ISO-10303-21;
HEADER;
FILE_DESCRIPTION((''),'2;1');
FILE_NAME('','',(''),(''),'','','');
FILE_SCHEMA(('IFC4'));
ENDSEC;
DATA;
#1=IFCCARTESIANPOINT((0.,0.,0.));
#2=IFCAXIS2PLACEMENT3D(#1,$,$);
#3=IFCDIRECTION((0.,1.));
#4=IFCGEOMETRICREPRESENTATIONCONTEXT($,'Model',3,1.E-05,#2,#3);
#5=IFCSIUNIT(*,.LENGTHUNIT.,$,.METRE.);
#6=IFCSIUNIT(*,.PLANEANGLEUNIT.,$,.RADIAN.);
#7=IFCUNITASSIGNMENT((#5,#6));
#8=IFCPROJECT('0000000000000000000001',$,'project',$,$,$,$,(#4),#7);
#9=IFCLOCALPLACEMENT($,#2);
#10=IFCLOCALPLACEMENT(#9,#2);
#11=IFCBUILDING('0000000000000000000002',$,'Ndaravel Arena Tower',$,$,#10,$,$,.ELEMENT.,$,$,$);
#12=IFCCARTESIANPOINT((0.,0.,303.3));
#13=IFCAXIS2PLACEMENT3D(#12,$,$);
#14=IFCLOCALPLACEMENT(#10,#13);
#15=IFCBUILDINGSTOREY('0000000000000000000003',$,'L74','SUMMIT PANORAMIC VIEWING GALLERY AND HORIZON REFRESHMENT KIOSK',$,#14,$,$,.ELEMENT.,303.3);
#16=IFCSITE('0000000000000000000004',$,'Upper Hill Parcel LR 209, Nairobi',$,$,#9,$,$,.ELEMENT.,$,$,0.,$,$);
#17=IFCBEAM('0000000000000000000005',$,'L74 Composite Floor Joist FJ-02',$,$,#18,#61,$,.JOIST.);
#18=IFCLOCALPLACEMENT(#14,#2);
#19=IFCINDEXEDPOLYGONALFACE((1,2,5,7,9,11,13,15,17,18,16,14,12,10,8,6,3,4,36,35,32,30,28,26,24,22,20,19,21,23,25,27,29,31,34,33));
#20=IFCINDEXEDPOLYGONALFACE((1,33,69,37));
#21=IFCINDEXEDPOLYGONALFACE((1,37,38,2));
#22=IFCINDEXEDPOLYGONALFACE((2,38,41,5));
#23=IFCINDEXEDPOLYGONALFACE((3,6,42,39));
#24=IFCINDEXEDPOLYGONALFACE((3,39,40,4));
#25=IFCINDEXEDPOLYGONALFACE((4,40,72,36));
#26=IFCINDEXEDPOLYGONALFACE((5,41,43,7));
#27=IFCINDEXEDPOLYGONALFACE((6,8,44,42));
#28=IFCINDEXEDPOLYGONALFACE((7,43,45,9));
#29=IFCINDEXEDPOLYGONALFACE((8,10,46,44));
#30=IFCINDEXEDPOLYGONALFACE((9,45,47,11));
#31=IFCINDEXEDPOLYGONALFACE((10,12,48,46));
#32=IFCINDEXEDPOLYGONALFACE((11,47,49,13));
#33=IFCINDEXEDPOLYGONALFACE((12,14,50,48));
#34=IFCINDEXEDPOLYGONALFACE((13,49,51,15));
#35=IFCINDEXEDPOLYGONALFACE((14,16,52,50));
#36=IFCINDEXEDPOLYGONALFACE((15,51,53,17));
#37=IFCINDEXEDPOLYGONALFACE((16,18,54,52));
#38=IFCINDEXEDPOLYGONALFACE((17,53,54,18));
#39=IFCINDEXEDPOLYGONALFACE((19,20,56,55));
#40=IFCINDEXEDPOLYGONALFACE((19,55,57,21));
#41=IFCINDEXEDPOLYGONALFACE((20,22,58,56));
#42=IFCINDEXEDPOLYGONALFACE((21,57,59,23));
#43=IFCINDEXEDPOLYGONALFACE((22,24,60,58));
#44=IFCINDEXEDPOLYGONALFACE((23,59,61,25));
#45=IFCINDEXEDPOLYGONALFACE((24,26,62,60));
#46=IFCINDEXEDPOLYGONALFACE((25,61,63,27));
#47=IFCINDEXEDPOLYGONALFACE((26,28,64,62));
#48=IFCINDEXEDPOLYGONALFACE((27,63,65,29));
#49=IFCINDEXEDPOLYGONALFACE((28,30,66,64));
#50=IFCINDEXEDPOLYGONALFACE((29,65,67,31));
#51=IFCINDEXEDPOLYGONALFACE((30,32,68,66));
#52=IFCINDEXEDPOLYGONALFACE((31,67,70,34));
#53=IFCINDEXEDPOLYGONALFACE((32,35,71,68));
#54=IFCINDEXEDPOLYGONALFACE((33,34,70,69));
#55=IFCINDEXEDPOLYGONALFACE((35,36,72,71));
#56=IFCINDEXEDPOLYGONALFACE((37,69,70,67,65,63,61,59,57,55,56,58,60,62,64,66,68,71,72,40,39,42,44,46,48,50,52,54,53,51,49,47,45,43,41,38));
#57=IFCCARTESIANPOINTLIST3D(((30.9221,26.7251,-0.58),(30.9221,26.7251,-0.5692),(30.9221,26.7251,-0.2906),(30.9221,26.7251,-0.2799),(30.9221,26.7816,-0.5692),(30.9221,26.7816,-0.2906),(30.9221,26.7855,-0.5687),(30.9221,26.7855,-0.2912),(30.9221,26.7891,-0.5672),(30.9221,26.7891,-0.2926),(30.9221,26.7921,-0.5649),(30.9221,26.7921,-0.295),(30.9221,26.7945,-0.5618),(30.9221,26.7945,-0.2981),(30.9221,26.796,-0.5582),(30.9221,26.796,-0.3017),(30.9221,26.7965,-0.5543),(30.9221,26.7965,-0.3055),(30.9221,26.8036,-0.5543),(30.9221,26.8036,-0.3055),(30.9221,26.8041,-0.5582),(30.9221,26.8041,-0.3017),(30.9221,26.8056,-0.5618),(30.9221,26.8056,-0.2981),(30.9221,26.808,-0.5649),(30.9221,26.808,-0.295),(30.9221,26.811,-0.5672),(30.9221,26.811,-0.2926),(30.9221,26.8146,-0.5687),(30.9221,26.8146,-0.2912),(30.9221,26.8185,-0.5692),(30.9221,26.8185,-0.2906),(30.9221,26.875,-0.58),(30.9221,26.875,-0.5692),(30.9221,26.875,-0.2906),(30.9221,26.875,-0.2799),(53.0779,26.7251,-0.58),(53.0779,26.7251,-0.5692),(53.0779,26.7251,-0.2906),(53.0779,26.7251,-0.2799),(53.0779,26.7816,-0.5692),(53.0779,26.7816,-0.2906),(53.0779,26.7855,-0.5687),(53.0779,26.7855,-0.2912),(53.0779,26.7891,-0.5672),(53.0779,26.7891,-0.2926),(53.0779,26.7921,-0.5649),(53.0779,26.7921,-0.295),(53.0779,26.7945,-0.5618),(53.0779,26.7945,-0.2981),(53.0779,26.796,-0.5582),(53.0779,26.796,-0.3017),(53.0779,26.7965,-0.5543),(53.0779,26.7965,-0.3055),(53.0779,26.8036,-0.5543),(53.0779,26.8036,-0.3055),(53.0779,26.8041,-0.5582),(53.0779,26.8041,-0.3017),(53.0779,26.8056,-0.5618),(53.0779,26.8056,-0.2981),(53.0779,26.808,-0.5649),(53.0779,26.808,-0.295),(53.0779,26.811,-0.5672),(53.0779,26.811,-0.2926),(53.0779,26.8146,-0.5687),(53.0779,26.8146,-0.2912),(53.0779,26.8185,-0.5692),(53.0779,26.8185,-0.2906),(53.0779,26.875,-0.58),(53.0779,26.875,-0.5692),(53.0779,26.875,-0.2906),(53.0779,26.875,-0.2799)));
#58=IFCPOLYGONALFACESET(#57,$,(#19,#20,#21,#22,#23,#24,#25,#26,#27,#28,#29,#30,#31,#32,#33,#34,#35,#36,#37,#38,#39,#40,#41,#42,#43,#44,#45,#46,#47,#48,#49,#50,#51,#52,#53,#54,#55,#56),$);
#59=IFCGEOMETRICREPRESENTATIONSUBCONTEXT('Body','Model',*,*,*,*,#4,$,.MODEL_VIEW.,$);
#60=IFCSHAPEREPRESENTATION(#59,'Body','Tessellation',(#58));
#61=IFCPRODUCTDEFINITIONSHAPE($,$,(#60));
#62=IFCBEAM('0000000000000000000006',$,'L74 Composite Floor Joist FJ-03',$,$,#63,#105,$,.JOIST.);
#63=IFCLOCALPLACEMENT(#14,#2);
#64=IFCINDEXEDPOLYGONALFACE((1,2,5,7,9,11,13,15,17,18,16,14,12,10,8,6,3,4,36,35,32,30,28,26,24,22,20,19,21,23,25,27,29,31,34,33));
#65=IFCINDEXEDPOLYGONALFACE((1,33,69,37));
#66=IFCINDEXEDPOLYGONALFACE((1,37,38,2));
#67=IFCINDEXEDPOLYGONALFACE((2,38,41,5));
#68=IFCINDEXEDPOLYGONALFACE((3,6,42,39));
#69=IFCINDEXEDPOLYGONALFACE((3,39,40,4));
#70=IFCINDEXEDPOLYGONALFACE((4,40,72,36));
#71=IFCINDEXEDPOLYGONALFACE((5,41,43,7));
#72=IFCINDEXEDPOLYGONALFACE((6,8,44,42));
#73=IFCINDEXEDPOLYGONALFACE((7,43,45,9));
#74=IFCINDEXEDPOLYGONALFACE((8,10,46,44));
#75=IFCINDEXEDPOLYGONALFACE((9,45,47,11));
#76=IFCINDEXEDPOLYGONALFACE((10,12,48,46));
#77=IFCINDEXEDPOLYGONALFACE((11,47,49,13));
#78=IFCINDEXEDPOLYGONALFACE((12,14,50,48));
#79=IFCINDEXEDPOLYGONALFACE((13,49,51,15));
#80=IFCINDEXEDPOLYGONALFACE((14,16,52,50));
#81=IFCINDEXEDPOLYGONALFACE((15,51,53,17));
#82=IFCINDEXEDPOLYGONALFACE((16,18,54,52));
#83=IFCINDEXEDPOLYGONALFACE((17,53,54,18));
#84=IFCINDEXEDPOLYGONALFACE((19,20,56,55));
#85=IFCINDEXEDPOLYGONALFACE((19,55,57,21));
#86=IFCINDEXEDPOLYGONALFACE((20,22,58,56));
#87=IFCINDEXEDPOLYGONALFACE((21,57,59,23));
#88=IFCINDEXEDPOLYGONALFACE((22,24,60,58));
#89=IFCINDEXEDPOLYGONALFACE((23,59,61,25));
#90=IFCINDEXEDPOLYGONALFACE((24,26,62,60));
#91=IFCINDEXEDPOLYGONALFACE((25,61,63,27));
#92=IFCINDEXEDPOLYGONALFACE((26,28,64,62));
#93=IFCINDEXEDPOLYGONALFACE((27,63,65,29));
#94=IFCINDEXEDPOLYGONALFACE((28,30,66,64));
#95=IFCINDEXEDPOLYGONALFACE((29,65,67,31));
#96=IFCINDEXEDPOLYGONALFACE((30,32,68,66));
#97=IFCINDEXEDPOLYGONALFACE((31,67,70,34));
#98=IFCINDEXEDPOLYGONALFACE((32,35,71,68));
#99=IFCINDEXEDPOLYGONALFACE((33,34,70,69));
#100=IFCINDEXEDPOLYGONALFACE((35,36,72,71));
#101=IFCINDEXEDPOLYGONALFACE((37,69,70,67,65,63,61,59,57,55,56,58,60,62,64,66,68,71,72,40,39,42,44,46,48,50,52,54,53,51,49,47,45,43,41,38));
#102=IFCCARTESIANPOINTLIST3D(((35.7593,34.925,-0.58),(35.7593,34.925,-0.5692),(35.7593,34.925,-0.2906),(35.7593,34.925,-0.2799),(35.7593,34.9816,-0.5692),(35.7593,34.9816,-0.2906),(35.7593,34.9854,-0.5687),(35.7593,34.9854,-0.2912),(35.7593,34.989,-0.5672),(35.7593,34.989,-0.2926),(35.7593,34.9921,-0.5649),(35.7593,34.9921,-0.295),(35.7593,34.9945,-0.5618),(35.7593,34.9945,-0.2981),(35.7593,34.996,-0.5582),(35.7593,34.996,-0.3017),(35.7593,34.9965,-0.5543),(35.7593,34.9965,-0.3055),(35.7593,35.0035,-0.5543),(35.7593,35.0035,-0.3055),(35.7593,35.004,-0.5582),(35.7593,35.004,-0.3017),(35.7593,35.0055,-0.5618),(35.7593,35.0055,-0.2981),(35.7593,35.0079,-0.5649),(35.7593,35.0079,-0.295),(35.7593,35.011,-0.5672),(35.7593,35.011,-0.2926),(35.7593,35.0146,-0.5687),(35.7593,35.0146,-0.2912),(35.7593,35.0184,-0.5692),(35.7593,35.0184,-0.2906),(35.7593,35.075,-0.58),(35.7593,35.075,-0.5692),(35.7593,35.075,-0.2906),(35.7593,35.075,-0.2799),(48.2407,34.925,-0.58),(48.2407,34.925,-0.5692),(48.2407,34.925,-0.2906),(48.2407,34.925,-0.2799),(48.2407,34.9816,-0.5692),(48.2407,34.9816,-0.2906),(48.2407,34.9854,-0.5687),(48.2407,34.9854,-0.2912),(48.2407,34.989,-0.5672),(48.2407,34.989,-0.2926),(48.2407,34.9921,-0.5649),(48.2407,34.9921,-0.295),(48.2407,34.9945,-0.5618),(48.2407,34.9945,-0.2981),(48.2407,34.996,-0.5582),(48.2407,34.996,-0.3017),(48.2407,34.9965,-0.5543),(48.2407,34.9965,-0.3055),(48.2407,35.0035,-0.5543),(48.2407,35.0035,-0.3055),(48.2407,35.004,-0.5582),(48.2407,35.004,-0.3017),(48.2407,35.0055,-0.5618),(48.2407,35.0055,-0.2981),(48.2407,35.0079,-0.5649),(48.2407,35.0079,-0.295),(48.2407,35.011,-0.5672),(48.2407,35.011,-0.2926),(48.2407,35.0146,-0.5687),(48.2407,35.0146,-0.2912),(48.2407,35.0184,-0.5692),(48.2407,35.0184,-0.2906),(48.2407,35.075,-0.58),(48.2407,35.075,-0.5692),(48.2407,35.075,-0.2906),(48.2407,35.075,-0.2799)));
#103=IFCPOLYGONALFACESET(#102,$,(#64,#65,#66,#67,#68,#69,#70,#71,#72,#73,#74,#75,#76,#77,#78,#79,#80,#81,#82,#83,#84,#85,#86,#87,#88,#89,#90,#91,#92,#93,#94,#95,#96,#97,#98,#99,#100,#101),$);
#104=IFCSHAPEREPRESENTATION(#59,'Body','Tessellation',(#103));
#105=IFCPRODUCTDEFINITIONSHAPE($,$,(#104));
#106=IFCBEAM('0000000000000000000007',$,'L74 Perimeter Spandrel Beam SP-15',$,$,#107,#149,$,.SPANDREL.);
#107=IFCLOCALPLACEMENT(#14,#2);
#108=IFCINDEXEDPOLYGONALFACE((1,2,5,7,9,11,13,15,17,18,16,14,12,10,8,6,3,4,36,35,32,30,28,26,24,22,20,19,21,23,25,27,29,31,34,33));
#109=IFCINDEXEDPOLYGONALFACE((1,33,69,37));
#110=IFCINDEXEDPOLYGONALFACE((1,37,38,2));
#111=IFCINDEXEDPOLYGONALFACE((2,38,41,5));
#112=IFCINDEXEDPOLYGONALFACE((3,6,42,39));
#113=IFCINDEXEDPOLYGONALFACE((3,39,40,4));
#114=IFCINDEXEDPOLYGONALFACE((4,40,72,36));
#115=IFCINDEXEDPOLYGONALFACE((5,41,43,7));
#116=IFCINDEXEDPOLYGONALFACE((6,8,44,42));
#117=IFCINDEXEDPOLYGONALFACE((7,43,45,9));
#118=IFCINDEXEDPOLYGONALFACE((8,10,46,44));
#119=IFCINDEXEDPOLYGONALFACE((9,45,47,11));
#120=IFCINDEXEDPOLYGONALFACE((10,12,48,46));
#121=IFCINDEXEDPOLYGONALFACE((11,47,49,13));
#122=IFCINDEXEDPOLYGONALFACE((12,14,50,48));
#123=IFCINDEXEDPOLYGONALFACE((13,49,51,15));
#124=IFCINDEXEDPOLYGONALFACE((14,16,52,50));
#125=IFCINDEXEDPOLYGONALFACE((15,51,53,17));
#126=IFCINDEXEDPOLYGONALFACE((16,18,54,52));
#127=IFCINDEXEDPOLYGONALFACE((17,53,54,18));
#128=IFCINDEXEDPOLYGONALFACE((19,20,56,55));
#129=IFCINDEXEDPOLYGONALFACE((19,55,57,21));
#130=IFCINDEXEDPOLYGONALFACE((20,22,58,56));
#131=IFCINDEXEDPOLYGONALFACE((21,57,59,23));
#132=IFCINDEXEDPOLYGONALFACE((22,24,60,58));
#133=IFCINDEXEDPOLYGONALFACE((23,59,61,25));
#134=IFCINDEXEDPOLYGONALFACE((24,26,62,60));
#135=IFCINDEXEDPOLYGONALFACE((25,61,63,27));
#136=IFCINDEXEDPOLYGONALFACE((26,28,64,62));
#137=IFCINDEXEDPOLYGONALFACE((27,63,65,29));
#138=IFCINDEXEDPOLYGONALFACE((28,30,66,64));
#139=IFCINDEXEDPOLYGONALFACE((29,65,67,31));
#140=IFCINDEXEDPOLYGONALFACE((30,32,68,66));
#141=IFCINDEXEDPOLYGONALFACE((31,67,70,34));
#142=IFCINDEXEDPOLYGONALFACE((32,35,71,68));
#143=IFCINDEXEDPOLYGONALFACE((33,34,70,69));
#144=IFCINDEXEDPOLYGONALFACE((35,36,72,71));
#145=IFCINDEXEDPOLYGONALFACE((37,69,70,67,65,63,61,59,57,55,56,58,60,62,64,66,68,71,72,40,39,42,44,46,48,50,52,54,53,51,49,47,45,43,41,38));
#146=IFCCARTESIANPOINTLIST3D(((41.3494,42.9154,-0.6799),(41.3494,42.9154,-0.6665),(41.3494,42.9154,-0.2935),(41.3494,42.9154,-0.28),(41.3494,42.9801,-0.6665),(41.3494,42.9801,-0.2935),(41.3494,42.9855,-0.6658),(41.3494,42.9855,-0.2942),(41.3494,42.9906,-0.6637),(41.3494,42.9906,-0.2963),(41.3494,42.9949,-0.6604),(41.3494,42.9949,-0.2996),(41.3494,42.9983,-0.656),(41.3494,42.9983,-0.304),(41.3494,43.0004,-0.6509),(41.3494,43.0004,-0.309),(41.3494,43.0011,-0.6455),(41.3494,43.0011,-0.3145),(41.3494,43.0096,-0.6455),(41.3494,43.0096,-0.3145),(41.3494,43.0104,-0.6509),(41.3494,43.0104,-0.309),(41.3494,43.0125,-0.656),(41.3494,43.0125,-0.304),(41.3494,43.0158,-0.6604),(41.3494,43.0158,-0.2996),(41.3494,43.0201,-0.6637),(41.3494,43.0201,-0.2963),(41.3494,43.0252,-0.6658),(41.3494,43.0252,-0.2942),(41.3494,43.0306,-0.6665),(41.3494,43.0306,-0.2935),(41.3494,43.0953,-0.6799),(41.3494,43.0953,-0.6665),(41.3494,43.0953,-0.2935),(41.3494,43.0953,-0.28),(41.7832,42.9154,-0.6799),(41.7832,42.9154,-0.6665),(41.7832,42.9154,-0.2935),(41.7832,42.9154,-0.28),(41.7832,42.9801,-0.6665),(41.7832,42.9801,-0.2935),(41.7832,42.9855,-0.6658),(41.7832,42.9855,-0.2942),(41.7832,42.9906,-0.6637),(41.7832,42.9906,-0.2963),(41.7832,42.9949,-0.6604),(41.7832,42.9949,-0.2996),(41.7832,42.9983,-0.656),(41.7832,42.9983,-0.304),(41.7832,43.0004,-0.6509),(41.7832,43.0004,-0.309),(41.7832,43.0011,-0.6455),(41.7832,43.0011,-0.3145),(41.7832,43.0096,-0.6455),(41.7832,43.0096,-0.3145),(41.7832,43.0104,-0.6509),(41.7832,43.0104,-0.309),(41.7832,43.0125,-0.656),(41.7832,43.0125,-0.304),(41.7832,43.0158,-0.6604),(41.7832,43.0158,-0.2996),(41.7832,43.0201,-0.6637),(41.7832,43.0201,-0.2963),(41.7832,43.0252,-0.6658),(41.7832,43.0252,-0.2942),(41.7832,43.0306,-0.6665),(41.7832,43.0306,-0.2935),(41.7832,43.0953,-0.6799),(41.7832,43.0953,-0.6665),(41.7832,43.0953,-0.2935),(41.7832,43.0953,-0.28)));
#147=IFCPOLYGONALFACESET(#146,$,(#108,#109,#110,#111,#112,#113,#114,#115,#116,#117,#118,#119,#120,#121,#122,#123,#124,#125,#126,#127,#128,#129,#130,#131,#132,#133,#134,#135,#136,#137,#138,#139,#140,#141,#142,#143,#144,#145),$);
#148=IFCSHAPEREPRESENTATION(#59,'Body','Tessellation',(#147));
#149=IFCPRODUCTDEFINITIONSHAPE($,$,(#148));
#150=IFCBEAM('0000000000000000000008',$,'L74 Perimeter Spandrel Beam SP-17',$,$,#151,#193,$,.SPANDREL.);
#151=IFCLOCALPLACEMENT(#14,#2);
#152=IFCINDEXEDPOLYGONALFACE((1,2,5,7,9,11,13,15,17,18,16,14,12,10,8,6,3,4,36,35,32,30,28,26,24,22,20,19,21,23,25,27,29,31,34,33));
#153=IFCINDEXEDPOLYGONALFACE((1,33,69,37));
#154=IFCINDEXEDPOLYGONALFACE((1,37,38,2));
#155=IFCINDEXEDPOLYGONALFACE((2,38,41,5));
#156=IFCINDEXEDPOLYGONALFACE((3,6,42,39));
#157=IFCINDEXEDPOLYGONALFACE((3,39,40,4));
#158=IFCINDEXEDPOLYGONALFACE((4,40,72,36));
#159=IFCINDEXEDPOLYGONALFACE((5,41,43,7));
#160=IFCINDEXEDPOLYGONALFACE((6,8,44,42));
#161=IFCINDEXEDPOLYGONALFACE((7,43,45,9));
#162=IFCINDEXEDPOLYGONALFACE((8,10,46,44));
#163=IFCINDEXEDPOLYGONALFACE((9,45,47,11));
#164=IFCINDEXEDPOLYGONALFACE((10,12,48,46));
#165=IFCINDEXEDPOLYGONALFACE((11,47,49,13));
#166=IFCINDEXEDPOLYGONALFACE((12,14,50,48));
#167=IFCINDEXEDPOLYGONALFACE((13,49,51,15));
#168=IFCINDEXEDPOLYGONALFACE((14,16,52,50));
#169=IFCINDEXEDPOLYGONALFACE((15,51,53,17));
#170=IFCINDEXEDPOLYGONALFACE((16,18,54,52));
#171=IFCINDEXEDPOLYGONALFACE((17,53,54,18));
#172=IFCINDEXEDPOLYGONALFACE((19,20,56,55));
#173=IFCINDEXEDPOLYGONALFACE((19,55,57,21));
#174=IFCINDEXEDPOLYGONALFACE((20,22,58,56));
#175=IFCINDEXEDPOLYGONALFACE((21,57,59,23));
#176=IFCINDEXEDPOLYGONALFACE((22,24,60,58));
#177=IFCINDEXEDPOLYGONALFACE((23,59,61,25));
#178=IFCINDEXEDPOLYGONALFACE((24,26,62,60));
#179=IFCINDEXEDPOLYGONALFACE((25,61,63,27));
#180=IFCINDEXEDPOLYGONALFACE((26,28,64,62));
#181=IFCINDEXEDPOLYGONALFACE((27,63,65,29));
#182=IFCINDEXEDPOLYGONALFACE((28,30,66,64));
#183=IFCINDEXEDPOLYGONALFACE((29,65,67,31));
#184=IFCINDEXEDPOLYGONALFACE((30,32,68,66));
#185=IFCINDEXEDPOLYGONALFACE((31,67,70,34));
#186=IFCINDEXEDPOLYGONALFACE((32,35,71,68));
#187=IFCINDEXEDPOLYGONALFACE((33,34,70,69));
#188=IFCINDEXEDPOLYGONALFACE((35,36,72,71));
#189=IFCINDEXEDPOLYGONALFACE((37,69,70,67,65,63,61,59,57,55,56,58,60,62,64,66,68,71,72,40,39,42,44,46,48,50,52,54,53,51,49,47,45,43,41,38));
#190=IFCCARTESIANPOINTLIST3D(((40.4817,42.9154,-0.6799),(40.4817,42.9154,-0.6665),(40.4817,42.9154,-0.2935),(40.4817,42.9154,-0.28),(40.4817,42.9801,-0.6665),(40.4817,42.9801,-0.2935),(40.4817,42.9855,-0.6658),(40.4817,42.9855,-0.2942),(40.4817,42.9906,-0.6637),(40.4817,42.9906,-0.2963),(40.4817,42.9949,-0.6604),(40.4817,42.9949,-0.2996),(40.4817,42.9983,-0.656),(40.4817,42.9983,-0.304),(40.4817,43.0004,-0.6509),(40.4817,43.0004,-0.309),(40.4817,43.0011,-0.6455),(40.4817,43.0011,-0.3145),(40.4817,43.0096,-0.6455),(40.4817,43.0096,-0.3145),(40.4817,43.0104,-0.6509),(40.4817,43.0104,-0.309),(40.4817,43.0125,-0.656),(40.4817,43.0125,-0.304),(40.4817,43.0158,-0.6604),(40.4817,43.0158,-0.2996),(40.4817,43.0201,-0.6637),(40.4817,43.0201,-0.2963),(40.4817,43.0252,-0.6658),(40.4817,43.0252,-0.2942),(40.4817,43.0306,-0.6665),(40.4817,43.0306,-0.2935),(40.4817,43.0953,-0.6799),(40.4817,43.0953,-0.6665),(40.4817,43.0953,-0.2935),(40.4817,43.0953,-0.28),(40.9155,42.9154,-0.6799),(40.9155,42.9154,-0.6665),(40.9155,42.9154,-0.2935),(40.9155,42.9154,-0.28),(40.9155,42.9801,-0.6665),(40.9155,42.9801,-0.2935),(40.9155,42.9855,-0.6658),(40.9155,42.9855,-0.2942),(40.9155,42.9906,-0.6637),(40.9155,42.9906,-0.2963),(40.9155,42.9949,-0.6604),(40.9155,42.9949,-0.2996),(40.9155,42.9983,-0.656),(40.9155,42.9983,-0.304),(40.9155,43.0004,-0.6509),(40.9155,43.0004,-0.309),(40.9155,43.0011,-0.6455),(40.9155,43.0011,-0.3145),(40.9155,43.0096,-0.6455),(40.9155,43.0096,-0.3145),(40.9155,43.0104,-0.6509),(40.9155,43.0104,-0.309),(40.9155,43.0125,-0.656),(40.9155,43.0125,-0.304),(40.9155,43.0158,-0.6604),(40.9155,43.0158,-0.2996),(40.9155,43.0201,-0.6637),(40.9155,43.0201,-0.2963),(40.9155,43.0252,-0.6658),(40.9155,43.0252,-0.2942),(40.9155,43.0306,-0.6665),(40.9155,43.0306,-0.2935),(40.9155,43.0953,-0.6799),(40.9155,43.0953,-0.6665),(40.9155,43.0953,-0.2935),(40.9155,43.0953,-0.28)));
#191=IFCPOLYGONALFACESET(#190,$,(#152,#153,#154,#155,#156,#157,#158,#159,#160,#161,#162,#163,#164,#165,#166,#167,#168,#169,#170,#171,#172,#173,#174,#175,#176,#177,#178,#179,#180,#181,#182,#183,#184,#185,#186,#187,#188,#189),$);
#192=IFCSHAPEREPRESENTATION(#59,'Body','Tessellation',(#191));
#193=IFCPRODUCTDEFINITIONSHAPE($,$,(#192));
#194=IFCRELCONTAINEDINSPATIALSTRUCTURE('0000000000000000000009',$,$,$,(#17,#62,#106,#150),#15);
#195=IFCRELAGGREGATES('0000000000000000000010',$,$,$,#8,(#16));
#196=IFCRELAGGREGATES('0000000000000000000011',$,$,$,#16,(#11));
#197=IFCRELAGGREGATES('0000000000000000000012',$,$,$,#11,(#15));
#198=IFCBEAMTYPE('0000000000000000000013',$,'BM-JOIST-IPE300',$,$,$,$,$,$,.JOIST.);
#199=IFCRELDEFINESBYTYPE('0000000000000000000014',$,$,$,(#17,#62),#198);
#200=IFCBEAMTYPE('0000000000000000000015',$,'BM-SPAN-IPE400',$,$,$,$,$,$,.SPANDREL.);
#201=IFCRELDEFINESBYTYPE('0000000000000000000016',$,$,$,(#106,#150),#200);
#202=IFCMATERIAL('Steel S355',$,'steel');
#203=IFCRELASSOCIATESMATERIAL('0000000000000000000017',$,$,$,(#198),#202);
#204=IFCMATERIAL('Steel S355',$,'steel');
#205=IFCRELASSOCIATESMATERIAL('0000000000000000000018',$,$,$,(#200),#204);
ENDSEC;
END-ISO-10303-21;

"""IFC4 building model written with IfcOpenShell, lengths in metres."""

from ifc_helpers import new_model, si_unit, direction, frame, origin, origin_2d, place, context, subcontext, project, spatial, i_section, extrude, material, material_profile, profile_set, type_object, element, save


model = new_model("IFC4")

# Units and contexts
model_context = context("Model", 3, precision=1e-05, world=origin(), true_north=direction((0.0, 1.0)))
body_context = subcontext(model_context, "Body", "Model", "MODEL_VIEW")
ifc_project = project(units=[si_unit("LENGTHUNIT", "METRE"), si_unit("PLANEANGLEUNIT", "RADIAN")], contexts=[model_context])

# Site, building, storey
site_placement = place(None, origin())
site = spatial("IfcSite", under=ifc_project, at=site_placement, Name="Upper Hill Parcel LR 209, Nairobi", CompositionType="ELEMENT", RefElevation=0.0)
building_placement = place(site_placement, origin())
building = spatial("IfcBuilding", under=site, at=building_placement, Name="Ndaravel Arena Tower", CompositionType="ELEMENT")
storey_placement = place(building_placement, frame((0.0, 0.0, 303.3)))
storey = spatial("IfcBuildingStorey", under=building, at=storey_placement, Name="L74", Description="SUMMIT PANORAMIC VIEWING GALLERY AND HORIZON REFRESHMENT KIOSK", CompositionType="ELEMENT", Elevation=303.3)

# Beams
ifc_material_1 = material(Name="Steel S355", Category="steel")
ifc_material_profile_1 = material_profile(ifc_material_1, i_section(OverallWidth=0.1499, OverallDepth=0.3, WebThickness=0.0071, FlangeThickness=0.0107, FilletRadius=0.0149, at=origin_2d()), Name="IPE 300")
ifc_profile_set_1 = profile_set([ifc_material_profile_1], Name="Steel S355")
beam_type_1 = type_object("IfcBeamType", Name="BM-JOIST-IPE300", PredefinedType="JOIST", material=ifc_profile_set_1)
beam_1_placement = place(storey_placement, frame((30.9221, 26.8, -0.4299), z_axis=(1.0, 0.0, 0.0), x_axis=(0.0, 1.0, 0.0)))
element("IfcBeam", 1, at=beam_1_placement, inside=storey, type_object=beam_type_1, Name="L74 Composite Floor Joist FJ-02", PredefinedType="JOIST", context=body_context, shape_type="SweptSolid", body=[
    extrude(i_section(OverallWidth=0.1499, OverallDepth=0.3, WebThickness=0.0071, FlangeThickness=0.0107, FilletRadius=0.0149, at=origin_2d()), origin(), (0.0, 0.0, 1.0), 22.1558),
])
beam_2_placement = place(storey_placement, frame((35.7593, 35.0, -0.4299), z_axis=(1.0, 0.0, 0.0), x_axis=(0.0, 1.0, 0.0)))
element("IfcBeam", 2, at=beam_2_placement, inside=storey, type_object=beam_type_1, Name="L74 Composite Floor Joist FJ-03", PredefinedType="JOIST", context=body_context, shape_type="SweptSolid", body=[
    extrude(i_section(OverallWidth=0.1499, OverallDepth=0.3, WebThickness=0.0071, FlangeThickness=0.0107, FilletRadius=0.0149, at=origin_2d()), origin(), (0.0, 0.0, 1.0), 12.4814),
])
ifc_material_2 = material(Name="Steel S355", Category="steel")
ifc_material_profile_2 = material_profile(ifc_material_2, i_section(OverallWidth=0.1799, OverallDepth=0.3999, WebThickness=0.0085, FlangeThickness=0.0134, FilletRadius=0.021, at=origin_2d()), Name="IPE 400")
ifc_profile_set_2 = profile_set([ifc_material_profile_2], Name="Steel S355")
beam_type_2 = type_object("IfcBeamType", Name="BM-SPAN-IPE400", PredefinedType="SPANDREL", material=ifc_profile_set_2)
for number, where, z_axis, x_axis, name in (
    (3, (41.7832, 43.0054, -0.48), (-1.0, 0.0, 0.0), (0.0, -1.0, 0.0), "L74 Perimeter Spandrel Beam SP-15"),
    (4, (40.9155, 43.0054, -0.48), (-1.0, 0.0, 0.0), (0.0, -1.0, 0.0), "L74 Perimeter Spandrel Beam SP-17"),
):
    element("IfcBeam", number, at=place(storey_placement, frame(where, z_axis=z_axis, x_axis=x_axis)), inside=storey, type_object=beam_type_2, Name=name, PredefinedType="SPANDREL", context=body_context, shape_type="SweptSolid", body=[
        extrude(i_section(OverallWidth=0.1799, OverallDepth=0.3999, WebThickness=0.0085, FlangeThickness=0.0134, FilletRadius=0.021, at=origin_2d()), origin(), (0.0, 0.0, 1.0), 0.4338),
    ])

save(model, "model.ifc")
